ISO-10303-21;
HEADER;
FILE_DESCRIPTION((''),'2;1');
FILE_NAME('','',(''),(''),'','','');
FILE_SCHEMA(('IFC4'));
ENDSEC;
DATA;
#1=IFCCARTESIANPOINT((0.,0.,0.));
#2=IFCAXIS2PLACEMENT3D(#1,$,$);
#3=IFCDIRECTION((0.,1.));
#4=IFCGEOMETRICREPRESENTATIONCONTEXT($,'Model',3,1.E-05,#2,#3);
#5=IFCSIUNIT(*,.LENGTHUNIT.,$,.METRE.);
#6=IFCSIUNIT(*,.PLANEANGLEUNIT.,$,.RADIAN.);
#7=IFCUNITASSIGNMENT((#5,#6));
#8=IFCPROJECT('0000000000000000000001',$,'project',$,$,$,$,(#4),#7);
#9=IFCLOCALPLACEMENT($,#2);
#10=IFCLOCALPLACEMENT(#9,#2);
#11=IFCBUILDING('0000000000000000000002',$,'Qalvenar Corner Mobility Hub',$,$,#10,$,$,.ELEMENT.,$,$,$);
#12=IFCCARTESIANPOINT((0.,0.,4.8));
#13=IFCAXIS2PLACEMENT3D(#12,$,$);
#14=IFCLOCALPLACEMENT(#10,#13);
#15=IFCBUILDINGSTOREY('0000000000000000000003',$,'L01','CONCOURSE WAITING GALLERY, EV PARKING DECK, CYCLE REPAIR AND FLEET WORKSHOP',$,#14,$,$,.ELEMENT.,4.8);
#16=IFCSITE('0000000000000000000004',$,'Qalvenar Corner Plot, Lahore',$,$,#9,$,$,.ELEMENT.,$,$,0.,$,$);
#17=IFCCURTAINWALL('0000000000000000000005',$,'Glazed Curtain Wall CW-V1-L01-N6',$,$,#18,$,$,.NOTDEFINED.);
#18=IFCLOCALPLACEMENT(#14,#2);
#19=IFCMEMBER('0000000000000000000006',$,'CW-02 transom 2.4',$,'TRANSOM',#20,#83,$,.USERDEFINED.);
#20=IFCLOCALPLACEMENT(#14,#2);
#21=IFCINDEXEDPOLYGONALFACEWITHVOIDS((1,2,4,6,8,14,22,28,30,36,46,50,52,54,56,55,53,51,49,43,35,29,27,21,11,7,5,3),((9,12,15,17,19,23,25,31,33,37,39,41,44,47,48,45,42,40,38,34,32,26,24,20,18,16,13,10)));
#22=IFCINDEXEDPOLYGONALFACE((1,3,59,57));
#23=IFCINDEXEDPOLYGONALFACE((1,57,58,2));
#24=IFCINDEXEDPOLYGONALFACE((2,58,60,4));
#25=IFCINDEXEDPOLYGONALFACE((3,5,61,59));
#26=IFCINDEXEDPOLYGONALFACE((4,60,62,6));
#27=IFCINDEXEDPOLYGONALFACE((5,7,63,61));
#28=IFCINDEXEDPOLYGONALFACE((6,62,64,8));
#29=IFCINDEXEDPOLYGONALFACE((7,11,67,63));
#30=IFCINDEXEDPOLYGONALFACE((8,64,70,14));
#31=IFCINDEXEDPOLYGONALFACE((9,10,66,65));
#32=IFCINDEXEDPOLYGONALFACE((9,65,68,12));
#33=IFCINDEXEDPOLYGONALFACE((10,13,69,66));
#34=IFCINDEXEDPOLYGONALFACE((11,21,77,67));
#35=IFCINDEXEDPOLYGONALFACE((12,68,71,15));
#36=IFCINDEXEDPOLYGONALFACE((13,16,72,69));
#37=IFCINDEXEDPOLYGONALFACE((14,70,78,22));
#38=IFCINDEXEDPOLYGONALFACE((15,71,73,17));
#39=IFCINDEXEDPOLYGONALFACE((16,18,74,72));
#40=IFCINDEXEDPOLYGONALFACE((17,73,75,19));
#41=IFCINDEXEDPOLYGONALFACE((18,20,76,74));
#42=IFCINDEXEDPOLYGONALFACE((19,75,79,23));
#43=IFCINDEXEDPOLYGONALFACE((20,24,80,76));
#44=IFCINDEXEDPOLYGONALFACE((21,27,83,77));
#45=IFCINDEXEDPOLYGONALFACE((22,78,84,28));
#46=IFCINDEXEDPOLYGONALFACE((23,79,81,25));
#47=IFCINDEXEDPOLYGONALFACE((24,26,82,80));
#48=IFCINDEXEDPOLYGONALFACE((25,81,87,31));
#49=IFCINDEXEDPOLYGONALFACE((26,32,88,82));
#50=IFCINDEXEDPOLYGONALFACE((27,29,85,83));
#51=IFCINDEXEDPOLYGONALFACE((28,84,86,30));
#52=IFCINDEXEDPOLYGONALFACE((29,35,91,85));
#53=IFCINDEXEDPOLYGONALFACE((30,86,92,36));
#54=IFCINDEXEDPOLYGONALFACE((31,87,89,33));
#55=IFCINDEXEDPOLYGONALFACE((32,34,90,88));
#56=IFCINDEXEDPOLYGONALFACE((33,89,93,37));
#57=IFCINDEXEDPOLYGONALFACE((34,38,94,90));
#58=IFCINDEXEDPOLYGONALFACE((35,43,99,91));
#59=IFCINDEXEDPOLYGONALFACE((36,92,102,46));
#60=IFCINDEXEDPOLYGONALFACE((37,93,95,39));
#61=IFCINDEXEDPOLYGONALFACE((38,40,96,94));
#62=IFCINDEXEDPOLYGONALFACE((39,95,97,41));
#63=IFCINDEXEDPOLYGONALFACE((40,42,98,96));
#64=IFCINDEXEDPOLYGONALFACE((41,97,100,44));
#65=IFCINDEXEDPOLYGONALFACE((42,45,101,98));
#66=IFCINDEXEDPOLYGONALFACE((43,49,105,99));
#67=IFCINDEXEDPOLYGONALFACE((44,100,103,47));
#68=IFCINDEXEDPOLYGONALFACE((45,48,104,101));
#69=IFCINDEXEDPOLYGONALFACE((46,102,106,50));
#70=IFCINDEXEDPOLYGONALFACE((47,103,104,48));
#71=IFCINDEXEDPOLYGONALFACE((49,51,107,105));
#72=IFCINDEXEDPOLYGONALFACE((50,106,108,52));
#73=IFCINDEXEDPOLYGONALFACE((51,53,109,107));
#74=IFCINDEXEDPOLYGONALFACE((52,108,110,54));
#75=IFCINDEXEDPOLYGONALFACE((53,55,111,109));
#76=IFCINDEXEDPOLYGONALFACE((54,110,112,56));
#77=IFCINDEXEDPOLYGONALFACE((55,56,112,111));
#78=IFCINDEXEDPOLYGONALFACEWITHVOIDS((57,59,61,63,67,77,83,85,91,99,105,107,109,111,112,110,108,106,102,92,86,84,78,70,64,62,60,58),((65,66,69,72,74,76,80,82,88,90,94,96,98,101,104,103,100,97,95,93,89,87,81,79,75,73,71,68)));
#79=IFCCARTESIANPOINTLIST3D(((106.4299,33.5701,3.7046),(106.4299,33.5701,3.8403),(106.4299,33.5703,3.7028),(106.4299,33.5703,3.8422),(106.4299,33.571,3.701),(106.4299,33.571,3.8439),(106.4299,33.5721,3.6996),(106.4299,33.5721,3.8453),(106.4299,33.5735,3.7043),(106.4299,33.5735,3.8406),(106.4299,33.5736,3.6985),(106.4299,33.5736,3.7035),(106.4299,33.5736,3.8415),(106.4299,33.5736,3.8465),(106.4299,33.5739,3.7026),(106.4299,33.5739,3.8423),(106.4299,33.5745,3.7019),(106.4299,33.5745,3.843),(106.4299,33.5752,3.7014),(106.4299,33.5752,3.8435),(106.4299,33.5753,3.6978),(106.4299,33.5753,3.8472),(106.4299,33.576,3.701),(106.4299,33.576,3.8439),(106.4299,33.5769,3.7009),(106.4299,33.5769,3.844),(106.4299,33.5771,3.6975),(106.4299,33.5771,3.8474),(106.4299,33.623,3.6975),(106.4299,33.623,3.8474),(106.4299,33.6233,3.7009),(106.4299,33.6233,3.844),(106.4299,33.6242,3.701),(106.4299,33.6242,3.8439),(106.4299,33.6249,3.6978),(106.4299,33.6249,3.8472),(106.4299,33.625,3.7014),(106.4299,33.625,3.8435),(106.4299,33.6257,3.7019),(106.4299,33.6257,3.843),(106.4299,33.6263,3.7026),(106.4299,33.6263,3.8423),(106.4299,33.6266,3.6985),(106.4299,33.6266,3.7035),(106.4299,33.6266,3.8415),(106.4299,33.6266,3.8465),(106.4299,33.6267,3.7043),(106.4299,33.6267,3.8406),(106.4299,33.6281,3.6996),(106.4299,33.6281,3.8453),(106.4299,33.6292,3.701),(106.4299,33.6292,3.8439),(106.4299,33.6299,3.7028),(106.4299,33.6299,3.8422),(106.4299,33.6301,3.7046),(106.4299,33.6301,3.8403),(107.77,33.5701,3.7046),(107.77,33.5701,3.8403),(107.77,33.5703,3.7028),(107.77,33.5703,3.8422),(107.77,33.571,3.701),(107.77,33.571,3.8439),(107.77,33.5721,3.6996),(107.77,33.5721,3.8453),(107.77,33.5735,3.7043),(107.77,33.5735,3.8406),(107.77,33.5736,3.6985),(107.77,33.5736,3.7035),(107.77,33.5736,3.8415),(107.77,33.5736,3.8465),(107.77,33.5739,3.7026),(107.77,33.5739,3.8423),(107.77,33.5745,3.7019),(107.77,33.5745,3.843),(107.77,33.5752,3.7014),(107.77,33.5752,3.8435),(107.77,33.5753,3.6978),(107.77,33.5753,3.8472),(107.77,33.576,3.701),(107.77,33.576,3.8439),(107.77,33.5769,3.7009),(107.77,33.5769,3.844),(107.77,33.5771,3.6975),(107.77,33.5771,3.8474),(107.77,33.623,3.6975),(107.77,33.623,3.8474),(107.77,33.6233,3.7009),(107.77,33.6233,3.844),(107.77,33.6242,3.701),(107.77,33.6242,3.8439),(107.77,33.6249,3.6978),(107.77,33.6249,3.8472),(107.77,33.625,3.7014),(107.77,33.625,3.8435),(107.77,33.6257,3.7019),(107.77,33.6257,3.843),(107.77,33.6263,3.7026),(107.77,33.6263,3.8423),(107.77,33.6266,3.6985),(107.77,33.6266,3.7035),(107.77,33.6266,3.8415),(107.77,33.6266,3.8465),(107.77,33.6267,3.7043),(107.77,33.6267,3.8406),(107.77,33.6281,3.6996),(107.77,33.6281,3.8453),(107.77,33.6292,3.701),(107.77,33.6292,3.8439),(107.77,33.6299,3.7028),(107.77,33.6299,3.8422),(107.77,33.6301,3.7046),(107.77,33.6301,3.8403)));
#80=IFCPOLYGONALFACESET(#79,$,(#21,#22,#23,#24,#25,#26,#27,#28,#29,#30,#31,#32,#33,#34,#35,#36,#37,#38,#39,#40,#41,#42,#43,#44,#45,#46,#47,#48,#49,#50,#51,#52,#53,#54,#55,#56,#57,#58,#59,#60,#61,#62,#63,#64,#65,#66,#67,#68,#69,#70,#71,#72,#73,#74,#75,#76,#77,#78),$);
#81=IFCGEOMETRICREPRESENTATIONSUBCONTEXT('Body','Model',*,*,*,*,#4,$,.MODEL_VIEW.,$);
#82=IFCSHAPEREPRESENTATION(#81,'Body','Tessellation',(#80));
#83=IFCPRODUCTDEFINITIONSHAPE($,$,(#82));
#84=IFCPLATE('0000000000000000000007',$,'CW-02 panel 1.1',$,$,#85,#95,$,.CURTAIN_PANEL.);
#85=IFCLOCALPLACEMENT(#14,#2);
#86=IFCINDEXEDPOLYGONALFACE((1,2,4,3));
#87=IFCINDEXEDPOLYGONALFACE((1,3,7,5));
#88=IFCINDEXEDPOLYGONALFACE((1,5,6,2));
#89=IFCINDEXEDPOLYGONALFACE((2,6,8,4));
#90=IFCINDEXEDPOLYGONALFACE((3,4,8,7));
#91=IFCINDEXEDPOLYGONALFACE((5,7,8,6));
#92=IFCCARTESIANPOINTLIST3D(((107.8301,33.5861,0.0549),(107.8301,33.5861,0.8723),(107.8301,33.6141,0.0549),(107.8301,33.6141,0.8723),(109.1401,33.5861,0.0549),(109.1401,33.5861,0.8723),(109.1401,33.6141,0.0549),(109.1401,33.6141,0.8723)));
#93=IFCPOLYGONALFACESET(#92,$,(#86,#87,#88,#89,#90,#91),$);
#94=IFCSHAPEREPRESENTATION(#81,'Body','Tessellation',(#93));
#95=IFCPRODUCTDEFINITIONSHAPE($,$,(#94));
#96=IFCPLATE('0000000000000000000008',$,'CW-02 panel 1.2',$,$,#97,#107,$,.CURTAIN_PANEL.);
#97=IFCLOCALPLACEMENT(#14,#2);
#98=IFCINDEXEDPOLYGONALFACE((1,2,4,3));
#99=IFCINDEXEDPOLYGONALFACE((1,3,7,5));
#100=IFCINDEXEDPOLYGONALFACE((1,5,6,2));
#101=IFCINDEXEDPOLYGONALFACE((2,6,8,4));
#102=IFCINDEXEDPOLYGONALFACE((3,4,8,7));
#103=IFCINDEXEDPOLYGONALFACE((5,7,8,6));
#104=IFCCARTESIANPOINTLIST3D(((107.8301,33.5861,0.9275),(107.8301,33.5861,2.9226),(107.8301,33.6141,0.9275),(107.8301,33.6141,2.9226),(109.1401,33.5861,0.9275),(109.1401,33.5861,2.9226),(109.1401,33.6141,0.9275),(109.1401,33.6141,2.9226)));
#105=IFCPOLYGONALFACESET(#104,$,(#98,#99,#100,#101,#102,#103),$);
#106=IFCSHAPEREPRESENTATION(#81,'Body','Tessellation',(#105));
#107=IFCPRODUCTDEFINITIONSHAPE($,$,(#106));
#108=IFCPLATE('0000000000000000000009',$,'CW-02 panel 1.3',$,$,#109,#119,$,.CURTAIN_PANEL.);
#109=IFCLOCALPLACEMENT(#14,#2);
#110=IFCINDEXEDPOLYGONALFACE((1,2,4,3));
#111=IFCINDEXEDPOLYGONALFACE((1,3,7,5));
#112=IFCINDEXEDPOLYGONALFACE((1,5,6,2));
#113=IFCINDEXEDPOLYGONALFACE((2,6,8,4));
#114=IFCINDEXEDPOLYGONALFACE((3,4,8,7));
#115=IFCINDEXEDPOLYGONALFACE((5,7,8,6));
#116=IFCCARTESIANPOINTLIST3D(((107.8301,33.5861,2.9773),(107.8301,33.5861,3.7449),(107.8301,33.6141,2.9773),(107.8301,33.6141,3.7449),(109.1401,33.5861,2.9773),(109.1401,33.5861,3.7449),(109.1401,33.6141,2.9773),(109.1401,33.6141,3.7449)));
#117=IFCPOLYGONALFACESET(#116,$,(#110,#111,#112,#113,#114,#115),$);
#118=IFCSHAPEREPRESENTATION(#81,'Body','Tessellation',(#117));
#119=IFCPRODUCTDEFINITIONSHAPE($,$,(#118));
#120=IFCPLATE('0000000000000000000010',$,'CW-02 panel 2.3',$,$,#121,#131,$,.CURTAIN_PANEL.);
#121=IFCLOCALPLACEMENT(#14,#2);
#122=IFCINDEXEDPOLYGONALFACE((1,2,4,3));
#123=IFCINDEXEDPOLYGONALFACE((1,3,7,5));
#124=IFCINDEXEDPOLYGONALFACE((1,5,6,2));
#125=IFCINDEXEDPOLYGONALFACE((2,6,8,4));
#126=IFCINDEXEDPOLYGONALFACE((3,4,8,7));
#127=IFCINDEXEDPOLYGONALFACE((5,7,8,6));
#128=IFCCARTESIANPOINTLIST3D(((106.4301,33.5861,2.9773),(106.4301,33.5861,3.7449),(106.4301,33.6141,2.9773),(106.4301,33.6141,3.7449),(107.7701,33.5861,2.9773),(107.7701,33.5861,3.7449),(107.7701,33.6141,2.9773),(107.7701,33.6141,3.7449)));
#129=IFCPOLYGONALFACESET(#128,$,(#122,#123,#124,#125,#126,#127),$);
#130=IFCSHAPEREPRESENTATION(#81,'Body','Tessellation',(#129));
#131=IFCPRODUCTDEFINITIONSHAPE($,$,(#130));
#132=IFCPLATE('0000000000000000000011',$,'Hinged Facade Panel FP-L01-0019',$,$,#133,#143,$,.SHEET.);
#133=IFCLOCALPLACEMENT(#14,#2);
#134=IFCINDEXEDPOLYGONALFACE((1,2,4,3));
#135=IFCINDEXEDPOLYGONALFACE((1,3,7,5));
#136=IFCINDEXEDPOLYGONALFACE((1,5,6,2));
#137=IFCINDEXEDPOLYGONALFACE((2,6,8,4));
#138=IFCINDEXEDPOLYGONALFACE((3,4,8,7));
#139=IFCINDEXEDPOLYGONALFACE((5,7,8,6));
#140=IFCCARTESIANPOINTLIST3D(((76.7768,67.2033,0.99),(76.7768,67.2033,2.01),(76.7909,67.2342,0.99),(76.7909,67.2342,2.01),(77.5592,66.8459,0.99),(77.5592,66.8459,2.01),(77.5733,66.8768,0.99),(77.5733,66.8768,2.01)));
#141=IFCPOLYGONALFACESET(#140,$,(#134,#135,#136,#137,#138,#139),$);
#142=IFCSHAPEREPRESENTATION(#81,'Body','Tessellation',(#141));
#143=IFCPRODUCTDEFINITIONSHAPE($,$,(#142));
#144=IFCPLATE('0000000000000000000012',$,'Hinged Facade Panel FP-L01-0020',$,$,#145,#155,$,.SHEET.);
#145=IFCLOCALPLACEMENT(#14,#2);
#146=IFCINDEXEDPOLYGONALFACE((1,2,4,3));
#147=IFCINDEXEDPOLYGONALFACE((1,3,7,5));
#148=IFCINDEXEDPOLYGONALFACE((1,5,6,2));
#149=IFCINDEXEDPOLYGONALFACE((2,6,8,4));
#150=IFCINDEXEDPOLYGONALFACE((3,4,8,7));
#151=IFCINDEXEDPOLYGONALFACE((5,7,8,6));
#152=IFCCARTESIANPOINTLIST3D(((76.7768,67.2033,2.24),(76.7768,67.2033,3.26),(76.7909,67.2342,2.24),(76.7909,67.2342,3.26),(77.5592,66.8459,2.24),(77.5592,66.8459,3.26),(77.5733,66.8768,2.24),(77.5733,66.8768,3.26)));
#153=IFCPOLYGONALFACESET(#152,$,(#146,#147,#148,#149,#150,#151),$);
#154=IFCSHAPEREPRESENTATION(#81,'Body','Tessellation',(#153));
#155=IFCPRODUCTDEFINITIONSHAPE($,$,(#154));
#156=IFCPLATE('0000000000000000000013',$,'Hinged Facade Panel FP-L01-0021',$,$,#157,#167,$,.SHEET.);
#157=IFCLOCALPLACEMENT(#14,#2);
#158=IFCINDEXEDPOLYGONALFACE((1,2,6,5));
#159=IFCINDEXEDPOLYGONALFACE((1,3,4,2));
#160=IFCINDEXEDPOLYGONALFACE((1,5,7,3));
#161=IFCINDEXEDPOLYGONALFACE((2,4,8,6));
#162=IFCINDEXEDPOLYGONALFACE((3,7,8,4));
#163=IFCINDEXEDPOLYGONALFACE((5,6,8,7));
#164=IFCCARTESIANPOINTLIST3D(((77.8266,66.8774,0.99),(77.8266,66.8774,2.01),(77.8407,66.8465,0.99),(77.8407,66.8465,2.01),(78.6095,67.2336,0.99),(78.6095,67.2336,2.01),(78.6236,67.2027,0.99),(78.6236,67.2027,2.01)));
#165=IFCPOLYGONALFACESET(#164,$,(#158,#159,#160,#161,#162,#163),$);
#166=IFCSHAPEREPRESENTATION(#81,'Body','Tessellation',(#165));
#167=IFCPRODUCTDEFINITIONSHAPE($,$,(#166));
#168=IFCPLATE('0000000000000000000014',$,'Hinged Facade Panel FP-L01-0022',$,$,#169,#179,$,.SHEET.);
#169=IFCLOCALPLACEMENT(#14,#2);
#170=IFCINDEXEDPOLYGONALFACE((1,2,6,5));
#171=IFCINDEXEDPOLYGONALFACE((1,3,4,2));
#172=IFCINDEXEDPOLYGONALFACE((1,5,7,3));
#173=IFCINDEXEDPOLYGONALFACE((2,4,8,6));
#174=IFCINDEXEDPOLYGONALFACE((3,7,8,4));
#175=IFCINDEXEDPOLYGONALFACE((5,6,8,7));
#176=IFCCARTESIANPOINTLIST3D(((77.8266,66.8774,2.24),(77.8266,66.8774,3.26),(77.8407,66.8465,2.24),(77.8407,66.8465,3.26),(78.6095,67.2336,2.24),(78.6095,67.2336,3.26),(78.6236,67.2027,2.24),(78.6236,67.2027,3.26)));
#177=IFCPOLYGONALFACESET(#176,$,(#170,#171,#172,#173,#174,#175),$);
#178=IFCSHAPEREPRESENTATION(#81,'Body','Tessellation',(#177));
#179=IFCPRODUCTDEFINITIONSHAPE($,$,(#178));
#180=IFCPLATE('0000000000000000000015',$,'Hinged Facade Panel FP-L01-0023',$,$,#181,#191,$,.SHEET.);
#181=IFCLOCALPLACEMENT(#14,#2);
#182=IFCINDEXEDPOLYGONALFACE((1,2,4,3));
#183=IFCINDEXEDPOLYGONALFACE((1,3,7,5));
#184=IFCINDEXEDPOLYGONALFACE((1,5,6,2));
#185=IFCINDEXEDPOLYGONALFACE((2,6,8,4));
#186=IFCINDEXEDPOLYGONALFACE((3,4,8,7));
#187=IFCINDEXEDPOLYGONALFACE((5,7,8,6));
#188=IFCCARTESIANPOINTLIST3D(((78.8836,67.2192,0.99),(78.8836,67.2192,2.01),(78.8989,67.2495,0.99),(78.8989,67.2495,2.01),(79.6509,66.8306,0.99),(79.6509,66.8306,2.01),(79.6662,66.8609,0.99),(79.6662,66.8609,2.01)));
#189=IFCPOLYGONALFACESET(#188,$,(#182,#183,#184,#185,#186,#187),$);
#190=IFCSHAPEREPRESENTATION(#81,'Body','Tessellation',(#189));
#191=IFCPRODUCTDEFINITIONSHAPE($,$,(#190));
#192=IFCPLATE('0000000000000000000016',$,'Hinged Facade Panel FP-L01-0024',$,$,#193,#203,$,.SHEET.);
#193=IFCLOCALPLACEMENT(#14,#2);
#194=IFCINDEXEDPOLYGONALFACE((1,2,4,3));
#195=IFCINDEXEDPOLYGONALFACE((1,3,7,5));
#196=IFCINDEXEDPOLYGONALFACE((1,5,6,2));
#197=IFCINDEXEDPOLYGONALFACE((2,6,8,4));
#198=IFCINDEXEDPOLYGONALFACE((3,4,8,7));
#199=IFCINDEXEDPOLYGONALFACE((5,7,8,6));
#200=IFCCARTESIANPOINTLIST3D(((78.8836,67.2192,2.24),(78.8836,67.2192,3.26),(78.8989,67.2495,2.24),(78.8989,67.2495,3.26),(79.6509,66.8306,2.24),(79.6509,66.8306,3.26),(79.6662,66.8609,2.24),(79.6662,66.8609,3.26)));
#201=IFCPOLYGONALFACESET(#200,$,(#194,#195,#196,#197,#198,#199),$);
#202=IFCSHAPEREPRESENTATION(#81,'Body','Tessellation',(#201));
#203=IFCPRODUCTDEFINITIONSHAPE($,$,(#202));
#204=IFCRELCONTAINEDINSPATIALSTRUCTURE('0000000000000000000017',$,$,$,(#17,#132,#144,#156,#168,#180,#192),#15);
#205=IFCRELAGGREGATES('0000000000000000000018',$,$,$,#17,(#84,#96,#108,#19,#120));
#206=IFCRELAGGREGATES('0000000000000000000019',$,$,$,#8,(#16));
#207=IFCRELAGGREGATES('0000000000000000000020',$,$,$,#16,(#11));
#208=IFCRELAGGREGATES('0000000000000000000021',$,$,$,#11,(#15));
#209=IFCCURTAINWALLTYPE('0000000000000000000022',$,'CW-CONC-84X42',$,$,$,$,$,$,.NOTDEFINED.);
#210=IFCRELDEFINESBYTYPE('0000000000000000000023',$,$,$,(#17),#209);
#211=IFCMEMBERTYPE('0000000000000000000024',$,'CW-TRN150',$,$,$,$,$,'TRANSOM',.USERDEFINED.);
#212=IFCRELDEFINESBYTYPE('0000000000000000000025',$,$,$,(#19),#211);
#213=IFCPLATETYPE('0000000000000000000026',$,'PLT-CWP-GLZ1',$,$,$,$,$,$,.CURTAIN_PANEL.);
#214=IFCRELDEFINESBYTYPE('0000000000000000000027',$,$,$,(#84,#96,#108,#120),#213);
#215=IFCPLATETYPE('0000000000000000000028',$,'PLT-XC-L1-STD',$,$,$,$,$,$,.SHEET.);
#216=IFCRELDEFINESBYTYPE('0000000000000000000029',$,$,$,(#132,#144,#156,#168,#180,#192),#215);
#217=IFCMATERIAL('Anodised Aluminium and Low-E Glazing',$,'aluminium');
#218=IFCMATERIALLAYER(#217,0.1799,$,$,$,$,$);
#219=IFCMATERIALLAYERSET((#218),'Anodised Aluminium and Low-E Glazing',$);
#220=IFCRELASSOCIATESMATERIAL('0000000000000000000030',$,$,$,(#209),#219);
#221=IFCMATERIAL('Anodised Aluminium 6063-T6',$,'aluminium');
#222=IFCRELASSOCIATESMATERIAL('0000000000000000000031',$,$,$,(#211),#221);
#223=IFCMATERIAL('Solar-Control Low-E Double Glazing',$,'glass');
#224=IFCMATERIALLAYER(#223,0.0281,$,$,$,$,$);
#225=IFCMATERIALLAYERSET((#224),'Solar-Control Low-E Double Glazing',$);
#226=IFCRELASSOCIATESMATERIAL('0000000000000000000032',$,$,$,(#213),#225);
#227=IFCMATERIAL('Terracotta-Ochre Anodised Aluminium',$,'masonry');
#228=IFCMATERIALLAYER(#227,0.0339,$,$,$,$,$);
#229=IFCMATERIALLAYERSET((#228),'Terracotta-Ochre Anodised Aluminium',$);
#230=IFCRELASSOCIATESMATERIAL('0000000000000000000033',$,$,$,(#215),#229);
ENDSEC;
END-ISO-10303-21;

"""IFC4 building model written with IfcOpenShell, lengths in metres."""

from ifc_helpers import new_model, si_unit, direction, frame, origin, origin_2d, place, context, subcontext, project, spatial, rectangle, hollow_rectangle, extrude, material, layer, layer_set, material_profile, profile_set, type_object, element, aggregate, save


model = new_model("IFC4")

# Units and contexts
model_context = context("Model", 3, precision=1e-05, world=origin(), true_north=direction((0.0, 1.0)))
body_context = subcontext(model_context, "Body", "Model", "MODEL_VIEW")
ifc_project = project(units=[si_unit("LENGTHUNIT", "METRE"), si_unit("PLANEANGLEUNIT", "RADIAN")], contexts=[model_context])

# Site, building, storey
site_placement = place(None, origin())
site = spatial("IfcSite", under=ifc_project, at=site_placement, Name="Qalvenar Corner Plot, Lahore", CompositionType="ELEMENT", RefElevation=0.0)
building_placement = place(site_placement, origin())
building = spatial("IfcBuilding", under=site, at=building_placement, Name="Qalvenar Corner Mobility Hub", CompositionType="ELEMENT")
storey_placement = place(building_placement, frame((0.0, 0.0, 4.8)))
storey = spatial("IfcBuildingStorey", under=building, at=storey_placement, Name="L01", Description="CONCOURSE WAITING GALLERY, EV PARKING DECK, CYCLE REPAIR AND FLEET WORKSHOP", CompositionType="ELEMENT", Elevation=4.8)

# Shared definitions
ifc_material_1 = material(Name="Anodised Aluminium and Low-E Glazing", Category="aluminium")
ifc_material_2 = material(Name="Anodised Aluminium 6063-T6", Category="aluminium")

# Curtain wall, member, plates
ifc_layer_1 = layer(ifc_material_1, 0.1799)
ifc_layer_set_1 = layer_set([ifc_layer_1], Name="Anodised Aluminium and Low-E Glazing")
curtain_wall_type_1 = type_object("IfcCurtainWallType", Name="CW-CONC-84X42", PredefinedType="NOTDEFINED", material=ifc_layer_set_1)
curtain_wall_1_placement = place(storey_placement, origin())
curtain_wall_1 = element("IfcCurtainWall", 1, at=curtain_wall_1_placement, inside=storey, type_object=curtain_wall_type_1, Name="Glazed Curtain Wall CW-V1-L01-N6", PredefinedType="NOTDEFINED")
ifc_material_profile_1 = material_profile(ifc_material_2, hollow_rectangle(XDim=0.0601, YDim=0.1499, WallThickness=0.0034, InnerFilletRadius=0.0034, OuterFilletRadius=0.0071, at=origin_2d()), Name="RHS150x60x3.5")
ifc_profile_set_1 = profile_set([ifc_material_profile_1], Name="Anodised Aluminium 6063-T6")
member_type_1 = type_object("IfcMemberType", Name="CW-TRN150", ElementType="TRANSOM", PredefinedType="USERDEFINED", material=ifc_profile_set_1)
member_1_placement = place(storey_placement, frame((107.77, 33.6001, 3.7725), z_axis=(-1.0, 0.0, 0.0), x_axis=(0.0, -1.0, 0.0)))
member_1 = element("IfcMember", 2, at=member_1_placement, type_object=member_type_1, Name="CW-02 transom 2.4", ObjectType="TRANSOM", PredefinedType="USERDEFINED", context=body_context, shape_type="SweptSolid", body=[
    extrude(hollow_rectangle(XDim=0.0601, YDim=0.1499, WallThickness=0.0034, InnerFilletRadius=0.0034, OuterFilletRadius=0.0071, at=origin_2d()), origin(), (0.0, 0.0, 1.0), 1.3401),
])
ifc_material_3 = material(Name="Solar-Control Low-E Double Glazing", Category="glass")
ifc_layer_2 = layer(ifc_material_3, 0.0281)
ifc_layer_set_2 = layer_set([ifc_layer_2], Name="Solar-Control Low-E Double Glazing")
plate_type_1 = type_object("IfcPlateType", Name="PLT-CWP-GLZ1", PredefinedType="CURTAIN_PANEL", material=ifc_layer_set_2)
plate_1_placement = place(storey_placement, frame((108.4851, 33.6001, 0.0549), z_axis=(0.0, 0.0, 1.0), x_axis=(-1.0, 0.0, 0.0)))
plate_1 = element("IfcPlate", 3, at=plate_1_placement, type_object=plate_type_1, Name="CW-02 panel 1.1", PredefinedType="CURTAIN_PANEL", context=body_context, shape_type="SweptSolid", body=[
    extrude(rectangle(XDim=1.3101, YDim=0.0281, at=origin_2d()), origin(), (0.0, 0.0, 1.0), 0.8174),
])
plate_2_placement = place(storey_placement, frame((108.4851, 33.6001, 0.9275), z_axis=(0.0, 0.0, 1.0), x_axis=(-1.0, 0.0, 0.0)))
plate_2 = element("IfcPlate", 4, at=plate_2_placement, type_object=plate_type_1, Name="CW-02 panel 1.2", PredefinedType="CURTAIN_PANEL", context=body_context, shape_type="SweptSolid", body=[
    extrude(rectangle(XDim=1.3101, YDim=0.0281, at=origin_2d()), origin(), (0.0, 0.0, 1.0), 1.9951),
])
plate_3_placement = place(storey_placement, frame((108.4851, 33.6001, 2.9773), z_axis=(0.0, 0.0, 1.0), x_axis=(-1.0, 0.0, 0.0)))
plate_3 = element("IfcPlate", 5, at=plate_3_placement, type_object=plate_type_1, Name="CW-02 panel 1.3", PredefinedType="CURTAIN_PANEL", context=body_context, shape_type="SweptSolid", body=[
    extrude(rectangle(XDim=1.3101, YDim=0.0281, at=origin_2d()), origin(), (0.0, 0.0, 1.0), 0.7676),
])
plate_4_placement = place(storey_placement, frame((107.1001, 33.6001, 2.9773), z_axis=(0.0, 0.0, 1.0), x_axis=(-1.0, 0.0, 0.0)))
plate_4 = element("IfcPlate", 6, at=plate_4_placement, type_object=plate_type_1, Name="CW-02 panel 2.3", PredefinedType="CURTAIN_PANEL", context=body_context, shape_type="SweptSolid", body=[
    extrude(rectangle(XDim=1.3401, YDim=0.0281, at=origin_2d()), origin(), (0.0, 0.0, 1.0), 0.7676),
])
aggregate(curtain_wall_1, [plate_1, plate_2, plate_3, member_1, plate_4])

# Plates
ifc_material_4 = material(Name="Terracotta-Ochre Anodised Aluminium", Category="masonry")
ifc_layer_3 = layer(ifc_material_4, 0.0339)
ifc_layer_set_3 = layer_set([ifc_layer_3], Name="Terracotta-Ochre Anodised Aluminium")
plate_type_2 = type_object("IfcPlateType", Name="PLT-XC-L1-STD", PredefinedType="SHEET", material=ifc_layer_set_3)
for number, where, z_axis, x_axis, name in (
    (7, (77.175, 67.04, 0.99), (0.0, 0.0, 1.0), (0.909599, -0.415487, 0.0), "Hinged Facade Panel FP-L01-0019"),
    (8, (77.175, 67.04, 2.24), (0.0, 0.0, 1.0), (0.909599, -0.415487, 0.0), "Hinged Facade Panel FP-L01-0020"),
    (9, (78.2251, 67.04, 0.99), (0.0, 0.0, 1.0), (0.910251, 0.414058, 0.0), "Hinged Facade Panel FP-L01-0021"),
    (10, (78.2251, 67.04, 2.24), (0.0, 0.0, 1.0), (0.910251, 0.414058, 0.0), "Hinged Facade Panel FP-L01-0022"),
    (11, (79.2749, 67.04, 0.99), (0.0, 0.0, 1.0), (0.892113, -0.451812, 0.0), "Hinged Facade Panel FP-L01-0023"),
    (12, (79.2749, 67.04, 2.24), (0.0, 0.0, 1.0), (0.892113, -0.451812, 0.0), "Hinged Facade Panel FP-L01-0024"),
):
    element("IfcPlate", number, at=place(storey_placement, frame(where, z_axis=z_axis, x_axis=x_axis)), inside=storey, type_object=plate_type_2, Name=name, PredefinedType="SHEET", context=body_context, shape_type="SweptSolid", body=[
        extrude(rectangle(XDim=0.8601, YDim=0.0339, at=origin_2d()), origin(), (0.0, 0.0, 1.0), 1.02),
    ])

save(model, "model.ifc")
